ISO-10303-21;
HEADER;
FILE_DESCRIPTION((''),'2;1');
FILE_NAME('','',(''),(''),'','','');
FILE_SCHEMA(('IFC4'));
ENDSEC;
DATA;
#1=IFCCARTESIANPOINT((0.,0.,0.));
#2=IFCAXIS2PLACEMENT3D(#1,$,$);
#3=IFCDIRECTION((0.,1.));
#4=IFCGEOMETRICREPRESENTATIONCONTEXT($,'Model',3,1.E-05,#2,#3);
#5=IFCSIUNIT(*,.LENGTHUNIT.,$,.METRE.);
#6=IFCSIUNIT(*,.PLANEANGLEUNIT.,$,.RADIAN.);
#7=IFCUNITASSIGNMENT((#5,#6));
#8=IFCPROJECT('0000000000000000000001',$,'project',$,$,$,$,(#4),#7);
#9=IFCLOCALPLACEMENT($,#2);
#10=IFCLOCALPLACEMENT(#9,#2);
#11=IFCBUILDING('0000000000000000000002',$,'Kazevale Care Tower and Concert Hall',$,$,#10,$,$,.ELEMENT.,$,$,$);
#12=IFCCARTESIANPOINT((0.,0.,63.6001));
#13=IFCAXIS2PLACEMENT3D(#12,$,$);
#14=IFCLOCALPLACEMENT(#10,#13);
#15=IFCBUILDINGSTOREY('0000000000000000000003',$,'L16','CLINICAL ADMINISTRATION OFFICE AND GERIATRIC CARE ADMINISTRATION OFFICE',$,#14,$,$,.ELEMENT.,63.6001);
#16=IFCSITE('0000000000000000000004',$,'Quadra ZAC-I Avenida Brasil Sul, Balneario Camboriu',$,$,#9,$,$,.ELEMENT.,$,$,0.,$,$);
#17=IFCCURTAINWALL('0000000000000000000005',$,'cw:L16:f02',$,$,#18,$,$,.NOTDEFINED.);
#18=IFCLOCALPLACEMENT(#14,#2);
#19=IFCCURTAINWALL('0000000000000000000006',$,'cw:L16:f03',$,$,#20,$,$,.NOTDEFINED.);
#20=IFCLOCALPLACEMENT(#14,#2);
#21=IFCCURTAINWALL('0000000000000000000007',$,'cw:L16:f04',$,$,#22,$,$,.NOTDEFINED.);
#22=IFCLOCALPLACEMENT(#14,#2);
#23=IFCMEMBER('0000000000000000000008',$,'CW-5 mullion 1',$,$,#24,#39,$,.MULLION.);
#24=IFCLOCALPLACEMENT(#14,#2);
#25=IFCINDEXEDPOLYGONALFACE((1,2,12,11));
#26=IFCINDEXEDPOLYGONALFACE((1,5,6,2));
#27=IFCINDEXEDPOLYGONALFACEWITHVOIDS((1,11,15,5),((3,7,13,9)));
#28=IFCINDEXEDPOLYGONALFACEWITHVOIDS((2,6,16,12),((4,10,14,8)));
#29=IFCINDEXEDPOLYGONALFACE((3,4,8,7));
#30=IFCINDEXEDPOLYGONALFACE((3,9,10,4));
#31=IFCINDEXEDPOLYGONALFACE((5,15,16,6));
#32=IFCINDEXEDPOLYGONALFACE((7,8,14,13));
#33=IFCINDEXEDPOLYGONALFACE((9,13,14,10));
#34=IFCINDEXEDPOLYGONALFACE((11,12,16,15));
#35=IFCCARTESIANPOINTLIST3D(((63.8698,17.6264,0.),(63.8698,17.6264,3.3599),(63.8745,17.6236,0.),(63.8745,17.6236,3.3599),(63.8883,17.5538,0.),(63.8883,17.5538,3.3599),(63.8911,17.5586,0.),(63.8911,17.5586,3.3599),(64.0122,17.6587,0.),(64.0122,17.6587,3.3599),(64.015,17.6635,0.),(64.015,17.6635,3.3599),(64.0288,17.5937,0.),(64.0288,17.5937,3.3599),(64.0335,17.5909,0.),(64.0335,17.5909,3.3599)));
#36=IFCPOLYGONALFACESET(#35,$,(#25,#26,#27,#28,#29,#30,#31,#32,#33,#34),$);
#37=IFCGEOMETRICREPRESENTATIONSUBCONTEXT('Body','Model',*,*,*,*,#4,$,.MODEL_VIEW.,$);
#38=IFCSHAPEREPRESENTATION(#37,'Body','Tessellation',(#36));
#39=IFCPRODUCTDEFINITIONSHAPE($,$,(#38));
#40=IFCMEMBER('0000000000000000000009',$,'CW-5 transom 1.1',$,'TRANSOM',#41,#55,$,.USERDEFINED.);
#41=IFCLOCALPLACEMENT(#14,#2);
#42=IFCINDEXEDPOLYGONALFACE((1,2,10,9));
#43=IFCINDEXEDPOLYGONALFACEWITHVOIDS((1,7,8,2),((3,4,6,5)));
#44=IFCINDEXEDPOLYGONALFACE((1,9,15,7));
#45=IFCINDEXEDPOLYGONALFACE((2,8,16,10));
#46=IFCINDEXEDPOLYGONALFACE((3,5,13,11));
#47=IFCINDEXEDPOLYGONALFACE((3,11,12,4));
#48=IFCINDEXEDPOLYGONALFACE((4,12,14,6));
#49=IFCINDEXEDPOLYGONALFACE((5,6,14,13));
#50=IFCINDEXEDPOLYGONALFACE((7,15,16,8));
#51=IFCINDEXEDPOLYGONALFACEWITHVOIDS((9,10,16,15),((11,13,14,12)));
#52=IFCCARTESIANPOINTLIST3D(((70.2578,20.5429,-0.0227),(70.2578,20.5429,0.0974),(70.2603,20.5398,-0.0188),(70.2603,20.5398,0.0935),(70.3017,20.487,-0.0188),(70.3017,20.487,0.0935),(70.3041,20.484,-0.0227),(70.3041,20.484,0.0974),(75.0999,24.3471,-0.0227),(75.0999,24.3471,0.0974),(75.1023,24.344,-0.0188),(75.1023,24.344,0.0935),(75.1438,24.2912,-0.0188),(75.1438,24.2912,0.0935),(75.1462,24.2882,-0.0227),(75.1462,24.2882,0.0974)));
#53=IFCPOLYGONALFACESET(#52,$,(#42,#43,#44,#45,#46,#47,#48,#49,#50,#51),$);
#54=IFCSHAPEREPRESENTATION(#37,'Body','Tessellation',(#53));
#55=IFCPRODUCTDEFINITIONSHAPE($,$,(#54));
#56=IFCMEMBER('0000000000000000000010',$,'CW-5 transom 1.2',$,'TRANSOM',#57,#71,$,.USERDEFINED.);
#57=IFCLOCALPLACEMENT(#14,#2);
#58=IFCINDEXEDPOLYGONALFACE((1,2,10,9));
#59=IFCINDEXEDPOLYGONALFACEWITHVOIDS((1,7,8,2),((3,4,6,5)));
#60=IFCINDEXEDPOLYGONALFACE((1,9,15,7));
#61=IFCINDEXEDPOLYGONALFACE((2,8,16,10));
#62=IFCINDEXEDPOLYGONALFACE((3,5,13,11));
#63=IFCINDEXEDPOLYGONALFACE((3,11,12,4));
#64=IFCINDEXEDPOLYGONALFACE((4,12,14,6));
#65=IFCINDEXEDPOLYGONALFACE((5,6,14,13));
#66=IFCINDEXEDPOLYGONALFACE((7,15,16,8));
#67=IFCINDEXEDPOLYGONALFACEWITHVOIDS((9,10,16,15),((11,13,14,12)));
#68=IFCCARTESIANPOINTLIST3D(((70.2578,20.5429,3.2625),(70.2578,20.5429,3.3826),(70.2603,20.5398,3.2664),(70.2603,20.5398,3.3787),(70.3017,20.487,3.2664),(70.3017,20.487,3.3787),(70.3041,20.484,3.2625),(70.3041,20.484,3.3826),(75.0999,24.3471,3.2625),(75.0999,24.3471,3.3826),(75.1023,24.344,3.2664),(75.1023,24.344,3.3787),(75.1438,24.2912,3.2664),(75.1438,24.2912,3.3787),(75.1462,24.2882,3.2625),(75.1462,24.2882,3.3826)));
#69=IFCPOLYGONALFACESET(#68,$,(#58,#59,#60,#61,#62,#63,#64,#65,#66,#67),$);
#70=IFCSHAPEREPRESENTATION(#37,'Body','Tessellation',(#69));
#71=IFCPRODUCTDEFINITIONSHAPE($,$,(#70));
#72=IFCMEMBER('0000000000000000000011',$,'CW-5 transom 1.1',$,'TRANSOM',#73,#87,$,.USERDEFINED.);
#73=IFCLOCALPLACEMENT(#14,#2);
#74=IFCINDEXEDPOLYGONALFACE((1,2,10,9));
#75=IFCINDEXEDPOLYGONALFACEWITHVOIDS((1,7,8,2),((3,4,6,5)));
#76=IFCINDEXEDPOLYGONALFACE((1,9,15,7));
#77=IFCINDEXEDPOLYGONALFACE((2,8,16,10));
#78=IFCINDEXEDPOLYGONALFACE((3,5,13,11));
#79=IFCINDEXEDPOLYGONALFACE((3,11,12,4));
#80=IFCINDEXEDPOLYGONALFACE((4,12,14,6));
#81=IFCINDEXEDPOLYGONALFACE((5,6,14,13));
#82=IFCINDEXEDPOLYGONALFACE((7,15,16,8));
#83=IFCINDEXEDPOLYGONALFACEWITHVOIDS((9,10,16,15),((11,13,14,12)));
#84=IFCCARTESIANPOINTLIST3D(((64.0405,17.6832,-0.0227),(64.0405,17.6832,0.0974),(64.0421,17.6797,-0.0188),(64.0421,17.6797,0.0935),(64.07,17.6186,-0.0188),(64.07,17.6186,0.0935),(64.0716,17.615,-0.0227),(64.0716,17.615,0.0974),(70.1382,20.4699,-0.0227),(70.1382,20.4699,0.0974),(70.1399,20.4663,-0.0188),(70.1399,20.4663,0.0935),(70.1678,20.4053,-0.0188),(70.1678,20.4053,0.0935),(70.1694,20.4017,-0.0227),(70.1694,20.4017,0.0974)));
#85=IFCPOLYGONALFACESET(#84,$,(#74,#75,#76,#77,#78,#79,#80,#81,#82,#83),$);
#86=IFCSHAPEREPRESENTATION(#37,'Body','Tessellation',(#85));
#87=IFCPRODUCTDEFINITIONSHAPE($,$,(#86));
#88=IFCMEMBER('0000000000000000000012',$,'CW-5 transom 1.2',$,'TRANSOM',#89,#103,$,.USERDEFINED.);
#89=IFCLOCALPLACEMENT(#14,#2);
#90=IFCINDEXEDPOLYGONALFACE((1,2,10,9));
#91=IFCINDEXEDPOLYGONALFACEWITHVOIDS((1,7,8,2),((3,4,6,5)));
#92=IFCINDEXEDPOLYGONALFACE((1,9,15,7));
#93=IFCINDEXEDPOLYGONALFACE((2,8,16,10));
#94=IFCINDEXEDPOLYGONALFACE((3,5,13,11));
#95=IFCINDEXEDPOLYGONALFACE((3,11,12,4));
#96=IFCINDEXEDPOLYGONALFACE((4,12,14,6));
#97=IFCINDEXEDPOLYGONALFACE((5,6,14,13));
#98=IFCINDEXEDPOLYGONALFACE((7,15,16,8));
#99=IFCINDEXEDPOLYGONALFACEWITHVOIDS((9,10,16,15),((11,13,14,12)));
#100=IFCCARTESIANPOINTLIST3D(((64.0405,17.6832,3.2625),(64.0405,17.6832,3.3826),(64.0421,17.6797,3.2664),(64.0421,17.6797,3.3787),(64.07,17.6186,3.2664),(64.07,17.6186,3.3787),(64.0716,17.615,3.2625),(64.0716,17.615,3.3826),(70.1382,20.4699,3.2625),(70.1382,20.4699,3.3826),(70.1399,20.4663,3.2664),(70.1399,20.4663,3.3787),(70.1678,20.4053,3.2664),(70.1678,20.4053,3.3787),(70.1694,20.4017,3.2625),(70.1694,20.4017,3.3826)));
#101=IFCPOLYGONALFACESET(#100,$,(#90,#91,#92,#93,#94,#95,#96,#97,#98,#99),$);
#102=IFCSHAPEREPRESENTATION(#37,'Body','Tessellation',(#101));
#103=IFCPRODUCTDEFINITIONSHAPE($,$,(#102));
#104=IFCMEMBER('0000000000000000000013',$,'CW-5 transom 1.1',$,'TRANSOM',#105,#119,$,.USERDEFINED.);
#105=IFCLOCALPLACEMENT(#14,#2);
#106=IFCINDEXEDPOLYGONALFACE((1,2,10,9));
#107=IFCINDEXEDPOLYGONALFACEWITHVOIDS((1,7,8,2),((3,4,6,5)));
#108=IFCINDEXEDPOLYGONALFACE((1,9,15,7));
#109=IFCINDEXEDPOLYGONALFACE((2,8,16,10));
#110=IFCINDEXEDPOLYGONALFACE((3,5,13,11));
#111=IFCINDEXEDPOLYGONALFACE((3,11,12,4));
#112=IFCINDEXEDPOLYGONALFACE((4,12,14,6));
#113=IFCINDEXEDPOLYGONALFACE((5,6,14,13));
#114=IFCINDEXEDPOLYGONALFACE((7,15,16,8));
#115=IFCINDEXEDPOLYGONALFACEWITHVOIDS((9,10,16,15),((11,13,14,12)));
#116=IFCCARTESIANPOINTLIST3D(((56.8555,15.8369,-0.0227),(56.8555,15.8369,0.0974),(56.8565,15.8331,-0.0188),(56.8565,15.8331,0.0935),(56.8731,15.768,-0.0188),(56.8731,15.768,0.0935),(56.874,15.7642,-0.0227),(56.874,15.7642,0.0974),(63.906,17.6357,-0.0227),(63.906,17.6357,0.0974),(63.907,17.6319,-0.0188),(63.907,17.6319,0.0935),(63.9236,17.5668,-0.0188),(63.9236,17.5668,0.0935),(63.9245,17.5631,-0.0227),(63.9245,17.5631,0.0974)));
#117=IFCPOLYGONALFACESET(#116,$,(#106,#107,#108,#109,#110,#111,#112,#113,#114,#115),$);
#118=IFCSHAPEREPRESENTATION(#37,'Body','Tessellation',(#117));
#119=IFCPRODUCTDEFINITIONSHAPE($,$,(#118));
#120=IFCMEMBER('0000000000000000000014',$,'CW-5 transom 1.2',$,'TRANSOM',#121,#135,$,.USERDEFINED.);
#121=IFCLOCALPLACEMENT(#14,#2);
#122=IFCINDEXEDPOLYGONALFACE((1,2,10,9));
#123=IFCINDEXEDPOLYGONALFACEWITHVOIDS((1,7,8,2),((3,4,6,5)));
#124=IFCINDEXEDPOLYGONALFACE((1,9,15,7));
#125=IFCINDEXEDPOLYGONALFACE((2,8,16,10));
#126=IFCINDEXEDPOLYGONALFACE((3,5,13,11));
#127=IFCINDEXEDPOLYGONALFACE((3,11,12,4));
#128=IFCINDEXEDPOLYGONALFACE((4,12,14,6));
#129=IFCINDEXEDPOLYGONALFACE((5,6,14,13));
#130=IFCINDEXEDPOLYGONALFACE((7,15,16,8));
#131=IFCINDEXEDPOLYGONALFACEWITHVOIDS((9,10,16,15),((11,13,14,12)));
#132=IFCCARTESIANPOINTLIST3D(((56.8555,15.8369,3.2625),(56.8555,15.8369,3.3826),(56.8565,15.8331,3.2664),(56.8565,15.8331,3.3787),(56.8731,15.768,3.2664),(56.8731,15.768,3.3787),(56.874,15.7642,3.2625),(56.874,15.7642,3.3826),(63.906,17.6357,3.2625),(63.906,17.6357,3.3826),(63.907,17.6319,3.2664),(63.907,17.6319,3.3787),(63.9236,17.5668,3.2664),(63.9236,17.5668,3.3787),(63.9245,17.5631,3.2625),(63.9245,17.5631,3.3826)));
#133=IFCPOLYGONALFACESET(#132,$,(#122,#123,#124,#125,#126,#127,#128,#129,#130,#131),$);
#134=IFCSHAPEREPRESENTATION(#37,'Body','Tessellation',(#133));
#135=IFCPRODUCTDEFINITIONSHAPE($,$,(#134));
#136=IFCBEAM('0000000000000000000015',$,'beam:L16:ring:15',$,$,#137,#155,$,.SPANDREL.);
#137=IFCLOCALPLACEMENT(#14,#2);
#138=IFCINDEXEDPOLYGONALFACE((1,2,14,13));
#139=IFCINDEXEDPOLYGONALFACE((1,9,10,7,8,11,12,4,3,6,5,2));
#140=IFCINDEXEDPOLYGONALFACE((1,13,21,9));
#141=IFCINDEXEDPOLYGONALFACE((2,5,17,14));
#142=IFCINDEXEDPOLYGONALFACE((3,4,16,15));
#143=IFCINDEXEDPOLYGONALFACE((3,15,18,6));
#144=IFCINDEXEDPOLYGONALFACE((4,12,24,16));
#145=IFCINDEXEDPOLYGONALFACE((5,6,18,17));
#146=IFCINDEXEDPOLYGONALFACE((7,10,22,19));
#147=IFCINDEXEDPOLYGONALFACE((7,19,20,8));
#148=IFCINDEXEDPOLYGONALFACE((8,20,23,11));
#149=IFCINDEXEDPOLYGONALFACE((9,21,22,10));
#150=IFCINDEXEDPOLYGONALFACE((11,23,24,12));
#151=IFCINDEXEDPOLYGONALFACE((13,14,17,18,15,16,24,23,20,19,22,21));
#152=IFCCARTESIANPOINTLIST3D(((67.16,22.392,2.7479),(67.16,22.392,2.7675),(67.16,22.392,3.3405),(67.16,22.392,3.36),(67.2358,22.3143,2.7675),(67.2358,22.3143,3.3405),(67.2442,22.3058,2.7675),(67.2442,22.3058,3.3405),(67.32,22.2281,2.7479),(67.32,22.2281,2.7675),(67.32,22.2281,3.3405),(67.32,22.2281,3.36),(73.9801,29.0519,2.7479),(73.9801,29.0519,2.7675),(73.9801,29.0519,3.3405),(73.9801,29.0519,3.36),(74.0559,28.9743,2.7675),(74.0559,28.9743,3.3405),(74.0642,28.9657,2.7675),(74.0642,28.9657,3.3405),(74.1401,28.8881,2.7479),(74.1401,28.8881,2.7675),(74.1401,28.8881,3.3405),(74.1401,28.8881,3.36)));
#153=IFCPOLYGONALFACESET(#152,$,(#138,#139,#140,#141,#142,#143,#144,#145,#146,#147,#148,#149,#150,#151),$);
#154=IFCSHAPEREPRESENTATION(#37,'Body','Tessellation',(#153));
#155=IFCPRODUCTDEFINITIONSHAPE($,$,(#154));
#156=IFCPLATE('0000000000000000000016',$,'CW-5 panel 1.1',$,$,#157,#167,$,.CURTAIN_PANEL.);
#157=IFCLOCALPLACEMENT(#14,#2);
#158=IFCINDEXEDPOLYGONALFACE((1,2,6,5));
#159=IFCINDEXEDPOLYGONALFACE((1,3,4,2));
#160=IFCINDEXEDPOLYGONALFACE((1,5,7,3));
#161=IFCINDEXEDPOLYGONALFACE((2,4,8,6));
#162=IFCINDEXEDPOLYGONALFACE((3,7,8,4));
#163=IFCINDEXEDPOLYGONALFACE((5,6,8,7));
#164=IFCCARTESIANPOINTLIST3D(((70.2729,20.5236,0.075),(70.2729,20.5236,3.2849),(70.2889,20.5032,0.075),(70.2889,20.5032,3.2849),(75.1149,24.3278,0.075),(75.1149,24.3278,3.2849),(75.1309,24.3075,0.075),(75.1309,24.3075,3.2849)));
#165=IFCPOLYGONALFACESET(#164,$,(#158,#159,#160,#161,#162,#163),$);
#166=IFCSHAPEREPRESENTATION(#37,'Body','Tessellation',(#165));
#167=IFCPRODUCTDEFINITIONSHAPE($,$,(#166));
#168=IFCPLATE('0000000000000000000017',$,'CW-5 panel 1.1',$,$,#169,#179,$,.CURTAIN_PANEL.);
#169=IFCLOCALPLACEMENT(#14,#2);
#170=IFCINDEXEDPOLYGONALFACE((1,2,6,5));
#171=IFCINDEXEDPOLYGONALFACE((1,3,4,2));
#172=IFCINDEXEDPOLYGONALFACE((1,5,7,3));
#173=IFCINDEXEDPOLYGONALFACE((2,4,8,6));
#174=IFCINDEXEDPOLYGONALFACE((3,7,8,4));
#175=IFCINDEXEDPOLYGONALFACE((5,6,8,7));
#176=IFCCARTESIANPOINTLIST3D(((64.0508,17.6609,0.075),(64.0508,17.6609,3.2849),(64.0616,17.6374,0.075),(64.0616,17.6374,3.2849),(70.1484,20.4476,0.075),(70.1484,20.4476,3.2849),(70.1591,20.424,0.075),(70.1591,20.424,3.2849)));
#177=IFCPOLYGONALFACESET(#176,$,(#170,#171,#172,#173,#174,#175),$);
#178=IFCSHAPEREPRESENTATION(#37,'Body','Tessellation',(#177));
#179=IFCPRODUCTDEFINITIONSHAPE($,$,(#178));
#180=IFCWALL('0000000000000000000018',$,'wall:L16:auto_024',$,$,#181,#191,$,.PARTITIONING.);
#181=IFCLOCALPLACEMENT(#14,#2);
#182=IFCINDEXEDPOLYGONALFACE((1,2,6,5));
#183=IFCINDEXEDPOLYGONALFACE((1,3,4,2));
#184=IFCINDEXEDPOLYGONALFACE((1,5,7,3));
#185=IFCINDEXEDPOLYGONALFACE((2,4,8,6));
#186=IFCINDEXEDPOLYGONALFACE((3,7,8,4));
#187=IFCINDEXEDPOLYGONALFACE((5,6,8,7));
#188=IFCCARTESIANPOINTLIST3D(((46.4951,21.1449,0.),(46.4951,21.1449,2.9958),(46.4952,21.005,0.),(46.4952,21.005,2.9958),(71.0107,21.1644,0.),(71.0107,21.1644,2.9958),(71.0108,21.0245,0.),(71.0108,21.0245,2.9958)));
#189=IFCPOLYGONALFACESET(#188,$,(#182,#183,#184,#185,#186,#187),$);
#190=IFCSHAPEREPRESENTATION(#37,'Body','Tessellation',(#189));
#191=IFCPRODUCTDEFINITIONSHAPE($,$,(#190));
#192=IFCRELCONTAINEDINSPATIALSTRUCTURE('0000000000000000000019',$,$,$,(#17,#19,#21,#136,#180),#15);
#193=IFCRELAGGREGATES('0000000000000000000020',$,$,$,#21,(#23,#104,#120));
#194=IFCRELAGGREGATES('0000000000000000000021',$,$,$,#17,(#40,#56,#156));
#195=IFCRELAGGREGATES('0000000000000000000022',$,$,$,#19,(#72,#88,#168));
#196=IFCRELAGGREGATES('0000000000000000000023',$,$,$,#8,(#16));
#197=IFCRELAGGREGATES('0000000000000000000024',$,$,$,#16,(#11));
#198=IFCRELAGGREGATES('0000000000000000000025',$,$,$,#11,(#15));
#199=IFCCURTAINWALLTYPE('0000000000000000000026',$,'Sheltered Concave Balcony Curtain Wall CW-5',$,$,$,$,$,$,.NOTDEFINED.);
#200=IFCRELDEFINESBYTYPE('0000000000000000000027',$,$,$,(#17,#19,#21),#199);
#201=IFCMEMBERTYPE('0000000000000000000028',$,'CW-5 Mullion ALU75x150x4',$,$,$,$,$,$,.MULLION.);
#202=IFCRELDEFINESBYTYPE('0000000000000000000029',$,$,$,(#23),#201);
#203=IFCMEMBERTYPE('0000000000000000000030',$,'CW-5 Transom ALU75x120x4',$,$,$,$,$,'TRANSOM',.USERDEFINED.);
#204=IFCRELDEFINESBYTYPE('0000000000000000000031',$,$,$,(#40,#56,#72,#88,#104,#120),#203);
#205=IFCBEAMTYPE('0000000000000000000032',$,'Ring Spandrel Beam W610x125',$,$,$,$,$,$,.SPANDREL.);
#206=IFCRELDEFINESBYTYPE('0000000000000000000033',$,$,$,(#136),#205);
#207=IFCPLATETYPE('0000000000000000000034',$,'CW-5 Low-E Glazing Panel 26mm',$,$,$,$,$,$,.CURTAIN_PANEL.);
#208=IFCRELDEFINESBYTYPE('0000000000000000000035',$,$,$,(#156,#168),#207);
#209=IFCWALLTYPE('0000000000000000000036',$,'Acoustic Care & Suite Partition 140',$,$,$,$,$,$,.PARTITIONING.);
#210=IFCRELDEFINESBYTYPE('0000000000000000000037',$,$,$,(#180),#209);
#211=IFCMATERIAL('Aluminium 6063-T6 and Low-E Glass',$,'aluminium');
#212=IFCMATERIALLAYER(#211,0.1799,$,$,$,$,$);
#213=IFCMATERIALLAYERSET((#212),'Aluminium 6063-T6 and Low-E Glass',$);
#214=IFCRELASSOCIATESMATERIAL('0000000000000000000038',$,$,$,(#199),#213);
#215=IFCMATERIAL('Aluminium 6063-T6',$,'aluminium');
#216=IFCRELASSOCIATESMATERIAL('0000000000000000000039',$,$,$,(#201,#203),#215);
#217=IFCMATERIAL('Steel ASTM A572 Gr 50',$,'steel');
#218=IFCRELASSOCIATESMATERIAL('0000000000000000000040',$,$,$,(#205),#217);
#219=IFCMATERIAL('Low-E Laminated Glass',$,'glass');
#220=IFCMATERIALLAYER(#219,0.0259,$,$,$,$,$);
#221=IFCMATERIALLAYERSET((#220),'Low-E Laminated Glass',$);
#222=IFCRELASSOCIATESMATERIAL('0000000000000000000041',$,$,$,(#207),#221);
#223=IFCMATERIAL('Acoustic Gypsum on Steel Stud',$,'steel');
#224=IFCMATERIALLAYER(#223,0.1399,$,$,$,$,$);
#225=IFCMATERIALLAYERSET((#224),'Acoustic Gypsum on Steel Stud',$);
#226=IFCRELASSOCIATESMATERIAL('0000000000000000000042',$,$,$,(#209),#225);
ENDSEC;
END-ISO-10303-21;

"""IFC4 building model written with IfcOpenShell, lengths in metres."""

from ifc_helpers import new_model, si_unit, direction, frame, frame_2d, origin, origin_2d, place, context, subcontext, project, spatial, rectangle, hollow_rectangle, i_section, extrude, material, layer, layer_set, material_profile, profile_set, type_object, element, aggregate, save


model = new_model("IFC4")

# Units and contexts
model_context = context("Model", 3, precision=1e-05, world=origin(), true_north=direction((0.0, 1.0)))
body_context = subcontext(model_context, "Body", "Model", "MODEL_VIEW")
ifc_project = project(units=[si_unit("LENGTHUNIT", "METRE"), si_unit("PLANEANGLEUNIT", "RADIAN")], contexts=[model_context])

# Site, building, storey
site_placement = place(None, origin())
site = spatial("IfcSite", under=ifc_project, at=site_placement, Name="Quadra ZAC-I Avenida Brasil Sul, Balneario Camboriu", CompositionType="ELEMENT", RefElevation=0.0)
building_placement = place(site_placement, origin())
building = spatial("IfcBuilding", under=site, at=building_placement, Name="Kazevale Care Tower and Concert Hall", CompositionType="ELEMENT")
storey_placement = place(building_placement, frame((0.0, 0.0, 63.6001)))
storey = spatial("IfcBuildingStorey", under=building, at=storey_placement, Name="L16", Description="CLINICAL ADMINISTRATION OFFICE AND GERIATRIC CARE ADMINISTRATION OFFICE", CompositionType="ELEMENT", Elevation=63.6001)

# Shared definitions
ifc_material_1 = material(Name="Aluminium 6063-T6 and Low-E Glass", Category="aluminium")
ifc_material_2 = material(Name="Aluminium 6063-T6", Category="aluminium")

# Curtain walls
ifc_layer_1 = layer(ifc_material_1, 0.1799)
ifc_layer_set_1 = layer_set([ifc_layer_1], Name="Aluminium 6063-T6 and Low-E Glass")
curtain_wall_type_1 = type_object("IfcCurtainWallType", Name="Sheltered Concave Balcony Curtain Wall CW-5", PredefinedType="NOTDEFINED", material=ifc_layer_set_1)
curtain_wall_1_placement = place(storey_placement, origin())
curtain_wall_1 = element("IfcCurtainWall", 1, at=curtain_wall_1_placement, inside=storey, type_object=curtain_wall_type_1, Name="cw:L16:f02", PredefinedType="NOTDEFINED")
ifc_material_profile_1 = material_profile(ifc_material_2, hollow_rectangle(XDim=0.075, YDim=0.1499, WallThickness=0.0039, at=origin_2d()), Name="ALU75x150x4")
ifc_profile_set_1 = profile_set([ifc_material_profile_1], Name="Aluminium 6063-T6")
member_type_1 = type_object("IfcMemberType", Name="CW-5 Mullion ALU75x150x4", PredefinedType="MULLION", material=ifc_profile_set_1)
curtain_wall_2_placement = place(storey_placement, origin())
curtain_wall_2 = element("IfcCurtainWall", 2, at=curtain_wall_2_placement, inside=storey, type_object=curtain_wall_type_1, Name="cw:L16:f03", PredefinedType="NOTDEFINED")

# Curtain wall, member
curtain_wall_3_placement = place(storey_placement, origin())
curtain_wall_3 = element("IfcCurtainWall", 3, at=curtain_wall_3_placement, inside=storey, type_object=curtain_wall_type_1, Name="cw:L16:f04", PredefinedType="NOTDEFINED")
member_1_placement = place(storey_placement, frame((63.9517, 17.6086, 0.0), z_axis=(0.0, 0.0, 1.0), x_axis=(0.247222, -0.968959, 0.0)))
member_1 = element("IfcMember", 4, at=member_1_placement, type_object=member_type_1, Name="CW-5 mullion 1", PredefinedType="MULLION", context=body_context, shape_type="SweptSolid", body=[
    extrude(hollow_rectangle(XDim=0.075, YDim=0.1499, WallThickness=0.0039, at=origin_2d()), origin(), (0.0, 0.0, 1.0), 3.3599),
])

# Members
ifc_material_profile_2 = material_profile(ifc_material_2, hollow_rectangle(XDim=0.075, YDim=0.1201, WallThickness=0.0039, at=origin_2d()), Name="ALU75x120x4")
ifc_profile_set_2 = profile_set([ifc_material_profile_2], Name="Aluminium 6063-T6")
member_type_2 = type_object("IfcMemberType", Name="CW-5 Transom ALU75x120x4", ElementType="TRANSOM", PredefinedType="USERDEFINED", material=ifc_profile_set_2)
member_2_placement = place(storey_placement, frame((75.123, 24.3176, 0.0374), z_axis=(-0.786339, -0.617795, 0.0), x_axis=(0.617795, -0.786339, 0.0)))
member_2 = element("IfcMember", 5, at=member_2_placement, type_object=member_type_2, Name="CW-5 transom 1.1", ObjectType="TRANSOM", PredefinedType="USERDEFINED", context=body_context, shape_type="SweptSolid", body=[
    extrude(hollow_rectangle(XDim=0.075, YDim=0.1201, WallThickness=0.0039, at=origin_2d()), origin(), (0.0, 0.0, 1.0), 6.1577),
])
member_3_placement = place(storey_placement, frame((75.123, 24.3176, 3.3225), z_axis=(-0.786339, -0.617795, 0.0), x_axis=(0.617795, -0.786339, 0.0)))
member_3 = element("IfcMember", 6, at=member_3_placement, type_object=member_type_2, Name="CW-5 transom 1.2", ObjectType="TRANSOM", PredefinedType="USERDEFINED", context=body_context, shape_type="SweptSolid", body=[
    extrude(hollow_rectangle(XDim=0.075, YDim=0.1201, WallThickness=0.0039, at=origin_2d()), origin(), (0.0, 0.0, 1.0), 6.1577),
])
member_4_placement = place(storey_placement, frame((70.1538, 20.4358, 0.0374), z_axis=(-0.909524, -0.415651, 0.0), x_axis=(0.415651, -0.909524, 0.0)))
member_4 = element("IfcMember", 7, at=member_4_placement, type_object=member_type_2, Name="CW-5 transom 1.1", ObjectType="TRANSOM", PredefinedType="USERDEFINED", context=body_context, shape_type="SweptSolid", body=[
    extrude(hollow_rectangle(XDim=0.075, YDim=0.1201, WallThickness=0.0039, at=origin_2d()), origin(), (0.0, 0.0, 1.0), 6.7043),
])
member_5_placement = place(storey_placement, frame((70.1538, 20.4358, 3.3225), z_axis=(-0.909524, -0.415651, 0.0), x_axis=(0.415651, -0.909524, 0.0)))
member_5 = element("IfcMember", 8, at=member_5_placement, type_object=member_type_2, Name="CW-5 transom 1.2", ObjectType="TRANSOM", PredefinedType="USERDEFINED", context=body_context, shape_type="SweptSolid", body=[
    extrude(hollow_rectangle(XDim=0.075, YDim=0.1201, WallThickness=0.0039, at=origin_2d()), origin(), (0.0, 0.0, 1.0), 6.7043),
])
member_6_placement = place(storey_placement, frame((63.9153, 17.5994, 0.0374), z_axis=(-0.968961, -0.247214, 0.0), x_axis=(0.247214, -0.968961, 0.0)))
member_6 = element("IfcMember", 9, at=member_6_placement, type_object=member_type_2, Name="CW-5 transom 1.1", ObjectType="TRANSOM", PredefinedType="USERDEFINED", context=body_context, shape_type="SweptSolid", body=[
    extrude(hollow_rectangle(XDim=0.075, YDim=0.1201, WallThickness=0.0039, at=origin_2d()), origin(), (0.0, 0.0, 1.0), 7.2764),
])
member_7_placement = place(storey_placement, frame((63.9153, 17.5994, 3.3225), z_axis=(-0.968961, -0.247214, 0.0), x_axis=(0.247214, -0.968961, 0.0)))
member_7 = element("IfcMember", 10, at=member_7_placement, type_object=member_type_2, Name="CW-5 transom 1.2", ObjectType="TRANSOM", PredefinedType="USERDEFINED", context=body_context, shape_type="SweptSolid", body=[
    extrude(hollow_rectangle(XDim=0.075, YDim=0.1201, WallThickness=0.0039, at=origin_2d()), origin(), (0.0, 0.0, 1.0), 7.2764),
])
aggregate(curtain_wall_3, [member_1, member_6, member_7])

# Beam
ifc_material_3 = material(Name="Steel ASTM A572 Gr 50", Category="steel")
ifc_material_profile_3 = material_profile(ifc_material_3, i_section(OverallWidth=0.229, OverallDepth=0.6121, WebThickness=0.012, FlangeThickness=0.0195, at=origin_2d()), Name="W610x125")
ifc_profile_set_3 = profile_set([ifc_material_profile_3], Name="Steel ASTM A572 Gr 50")
beam_type = type_object("IfcBeamType", Name="Ring Spandrel Beam W610x125", PredefinedType="SPANDREL", material=ifc_profile_set_3)
beam_placement = place(storey_placement, frame((67.24, 22.3101, 3.054), z_axis=(0.715457, 0.698656, 0.0), x_axis=(-0.698656, 0.715457, 0.0)))
element("IfcBeam", 11, at=beam_placement, inside=storey, type_object=beam_type, Name="beam:L16:ring:15", PredefinedType="SPANDREL", context=body_context, shape_type="SweptSolid", body=[
    extrude(i_section(OverallWidth=0.229, OverallDepth=0.6121, WebThickness=0.012, FlangeThickness=0.0195, at=origin_2d()), origin(), (0.0, 0.0, 1.0), 9.5325),
])

# Plates
ifc_material_4 = material(Name="Low-E Laminated Glass", Category="glass")
ifc_layer_2 = layer(ifc_material_4, 0.0259)
ifc_layer_set_2 = layer_set([ifc_layer_2], Name="Low-E Laminated Glass")
plate_type = type_object("IfcPlateType", Name="CW-5 Low-E Glazing Panel 26mm", PredefinedType="CURTAIN_PANEL", material=ifc_layer_set_2)
plate_1_placement = place(storey_placement, frame((72.7019, 22.4155, 0.075), z_axis=(0.0, 0.0, 1.0), x_axis=(-0.786329, -0.617808, 0.0)))
plate_1 = element("IfcPlate", 12, at=plate_1_placement, type_object=plate_type, Name="CW-5 panel 1.1", PredefinedType="CURTAIN_PANEL", context=body_context, shape_type="SweptSolid", body=[
    extrude(rectangle(XDim=6.1577, YDim=0.0259, at=origin_2d()), origin(), (0.0, 0.0, 1.0), 3.21),
])
aggregate(curtain_wall_1, [member_2, member_3, plate_1])
plate_2_placement = place(storey_placement, frame((67.105, 19.0425, 0.075), z_axis=(0.0, 0.0, 1.0), x_axis=(-0.90952, -0.41566, 0.0)))
plate_2 = element("IfcPlate", 13, at=plate_2_placement, type_object=plate_type, Name="CW-5 panel 1.1", PredefinedType="CURTAIN_PANEL", context=body_context, shape_type="SweptSolid", body=[
    extrude(rectangle(XDim=6.7041, YDim=0.0259, at=origin_2d()), origin(), (0.0, 0.0, 1.0), 3.21),
])
aggregate(curtain_wall_2, [member_4, member_5, plate_2])

# Wall
ifc_material_5 = material(Name="Acoustic Gypsum on Steel Stud", Category="steel")
ifc_layer_3 = layer(ifc_material_5, 0.1399)
ifc_layer_set_3 = layer_set([ifc_layer_3], Name="Acoustic Gypsum on Steel Stud")
wall_type = type_object("IfcWallType", Name="Acoustic Care & Suite Partition 140", PredefinedType="PARTITIONING", material=ifc_layer_set_3)
wall_placement = place(storey_placement, frame((71.0107, 21.0945, 0.0), z_axis=(0.0, 0.0, 1.0), x_axis=(-1.0, -0.000797, 0.0)))
element("IfcWall", 14, at=wall_placement, inside=storey, type_object=wall_type, Name="wall:L16:auto_024", PredefinedType="PARTITIONING", context=body_context, shape_type="SweptSolid", body=[
    extrude(rectangle(XDim=24.5156, YDim=0.1399, at=frame_2d((12.2578, 0.0))), origin(), (0.0, 0.0, 1.0), 2.9958),
])

save(model, "model.ifc")
